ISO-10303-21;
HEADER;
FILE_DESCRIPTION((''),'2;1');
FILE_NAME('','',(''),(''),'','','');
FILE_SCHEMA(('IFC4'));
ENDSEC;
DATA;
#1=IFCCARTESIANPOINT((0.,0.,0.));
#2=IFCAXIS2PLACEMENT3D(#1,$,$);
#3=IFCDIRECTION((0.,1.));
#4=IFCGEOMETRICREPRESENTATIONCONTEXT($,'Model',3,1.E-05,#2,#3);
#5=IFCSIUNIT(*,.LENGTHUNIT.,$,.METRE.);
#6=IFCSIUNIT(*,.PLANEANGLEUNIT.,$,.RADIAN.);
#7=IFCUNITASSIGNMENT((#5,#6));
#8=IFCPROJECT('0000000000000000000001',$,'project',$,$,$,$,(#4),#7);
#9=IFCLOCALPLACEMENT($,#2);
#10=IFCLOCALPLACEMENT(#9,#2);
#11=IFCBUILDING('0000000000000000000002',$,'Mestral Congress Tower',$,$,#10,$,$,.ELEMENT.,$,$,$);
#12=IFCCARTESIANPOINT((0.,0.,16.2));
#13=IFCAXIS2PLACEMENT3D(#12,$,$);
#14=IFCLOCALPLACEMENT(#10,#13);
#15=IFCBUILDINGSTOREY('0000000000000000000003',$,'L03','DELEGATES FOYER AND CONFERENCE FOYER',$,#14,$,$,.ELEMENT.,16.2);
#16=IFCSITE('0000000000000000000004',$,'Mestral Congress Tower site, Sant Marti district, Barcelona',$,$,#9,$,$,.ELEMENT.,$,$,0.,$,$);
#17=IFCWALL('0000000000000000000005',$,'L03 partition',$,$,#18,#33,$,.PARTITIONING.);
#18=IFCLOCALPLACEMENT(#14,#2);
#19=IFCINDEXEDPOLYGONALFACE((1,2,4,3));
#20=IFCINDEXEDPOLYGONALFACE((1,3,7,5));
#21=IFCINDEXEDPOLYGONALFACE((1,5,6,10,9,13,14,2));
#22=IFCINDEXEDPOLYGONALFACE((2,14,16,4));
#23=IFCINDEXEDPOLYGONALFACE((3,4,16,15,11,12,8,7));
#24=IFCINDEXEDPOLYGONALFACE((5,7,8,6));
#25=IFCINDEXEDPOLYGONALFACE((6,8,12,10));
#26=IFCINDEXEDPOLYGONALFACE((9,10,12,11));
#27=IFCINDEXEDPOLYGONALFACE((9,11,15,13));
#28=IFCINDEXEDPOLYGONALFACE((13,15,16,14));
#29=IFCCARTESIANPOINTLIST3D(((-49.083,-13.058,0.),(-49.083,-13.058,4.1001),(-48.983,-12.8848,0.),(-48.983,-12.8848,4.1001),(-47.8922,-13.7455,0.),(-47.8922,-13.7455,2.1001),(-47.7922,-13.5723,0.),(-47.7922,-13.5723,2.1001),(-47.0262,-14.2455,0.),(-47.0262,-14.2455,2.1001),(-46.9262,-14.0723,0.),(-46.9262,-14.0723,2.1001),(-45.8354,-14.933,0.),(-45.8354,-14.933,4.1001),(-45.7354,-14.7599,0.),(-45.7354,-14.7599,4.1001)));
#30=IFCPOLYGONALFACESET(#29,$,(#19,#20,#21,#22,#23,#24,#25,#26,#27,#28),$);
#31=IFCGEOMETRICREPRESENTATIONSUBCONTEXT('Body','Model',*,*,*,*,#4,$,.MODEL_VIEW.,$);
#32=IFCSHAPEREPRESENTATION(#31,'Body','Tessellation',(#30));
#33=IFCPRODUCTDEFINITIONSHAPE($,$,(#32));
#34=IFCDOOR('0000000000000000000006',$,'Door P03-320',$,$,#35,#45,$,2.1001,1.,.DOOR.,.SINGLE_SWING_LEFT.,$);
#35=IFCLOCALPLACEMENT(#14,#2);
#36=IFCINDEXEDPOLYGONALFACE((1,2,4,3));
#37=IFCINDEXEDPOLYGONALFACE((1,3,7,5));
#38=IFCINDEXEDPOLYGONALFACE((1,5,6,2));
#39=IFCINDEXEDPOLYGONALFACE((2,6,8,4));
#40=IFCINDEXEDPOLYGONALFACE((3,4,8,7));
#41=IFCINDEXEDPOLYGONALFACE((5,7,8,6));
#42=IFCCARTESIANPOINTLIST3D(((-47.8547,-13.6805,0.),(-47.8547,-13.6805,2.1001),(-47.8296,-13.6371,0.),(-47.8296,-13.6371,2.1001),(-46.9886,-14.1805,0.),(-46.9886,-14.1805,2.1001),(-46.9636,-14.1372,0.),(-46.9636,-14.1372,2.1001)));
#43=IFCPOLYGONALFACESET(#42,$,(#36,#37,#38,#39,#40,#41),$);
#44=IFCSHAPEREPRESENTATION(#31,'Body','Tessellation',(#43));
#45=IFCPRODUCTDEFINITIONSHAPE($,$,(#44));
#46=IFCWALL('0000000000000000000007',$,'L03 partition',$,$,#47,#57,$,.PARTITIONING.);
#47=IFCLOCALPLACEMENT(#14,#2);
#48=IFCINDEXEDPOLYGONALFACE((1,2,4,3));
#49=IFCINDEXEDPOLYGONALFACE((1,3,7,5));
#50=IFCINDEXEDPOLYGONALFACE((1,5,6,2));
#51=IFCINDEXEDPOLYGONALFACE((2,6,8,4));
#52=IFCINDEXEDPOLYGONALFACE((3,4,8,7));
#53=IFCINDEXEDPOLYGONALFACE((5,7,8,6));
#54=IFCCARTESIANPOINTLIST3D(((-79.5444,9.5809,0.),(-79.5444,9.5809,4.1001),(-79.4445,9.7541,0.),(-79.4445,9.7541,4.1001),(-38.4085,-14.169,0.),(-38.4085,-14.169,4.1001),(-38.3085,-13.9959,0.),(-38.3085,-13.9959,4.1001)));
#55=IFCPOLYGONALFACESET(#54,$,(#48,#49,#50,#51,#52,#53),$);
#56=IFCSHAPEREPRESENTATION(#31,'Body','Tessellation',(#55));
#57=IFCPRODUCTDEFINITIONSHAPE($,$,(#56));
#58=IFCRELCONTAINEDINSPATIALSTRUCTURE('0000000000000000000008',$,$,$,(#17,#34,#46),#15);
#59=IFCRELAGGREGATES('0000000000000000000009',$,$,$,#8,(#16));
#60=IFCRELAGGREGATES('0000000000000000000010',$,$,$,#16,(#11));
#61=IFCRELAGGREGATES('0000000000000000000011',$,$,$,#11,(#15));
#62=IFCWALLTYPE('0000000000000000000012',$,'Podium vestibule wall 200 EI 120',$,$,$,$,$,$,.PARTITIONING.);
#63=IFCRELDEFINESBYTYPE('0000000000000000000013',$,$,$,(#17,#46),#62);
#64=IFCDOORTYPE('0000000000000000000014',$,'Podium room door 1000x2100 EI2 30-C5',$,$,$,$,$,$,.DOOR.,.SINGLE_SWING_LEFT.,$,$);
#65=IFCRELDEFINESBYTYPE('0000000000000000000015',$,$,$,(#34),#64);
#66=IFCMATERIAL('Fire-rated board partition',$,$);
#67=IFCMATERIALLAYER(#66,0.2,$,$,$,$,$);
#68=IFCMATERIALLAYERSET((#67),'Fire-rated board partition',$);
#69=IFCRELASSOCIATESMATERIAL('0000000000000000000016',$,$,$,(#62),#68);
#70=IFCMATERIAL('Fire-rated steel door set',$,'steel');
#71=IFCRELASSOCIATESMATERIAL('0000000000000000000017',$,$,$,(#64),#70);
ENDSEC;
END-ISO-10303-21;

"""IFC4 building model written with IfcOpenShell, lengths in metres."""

from ifc_helpers import new_model, si_unit, direction, frame, frame_2d, origin, place, context, subcontext, project, spatial, rectangle, extrude, material, layer, layer_set, type_object, element, fill, save


model = new_model("IFC4")

# Units and contexts
model_context = context("Model", 3, precision=1e-05, world=origin(), true_north=direction((0.0, 1.0)))
body_context = subcontext(model_context, "Body", "Model", "MODEL_VIEW")
ifc_project = project(units=[si_unit("LENGTHUNIT", "METRE"), si_unit("PLANEANGLEUNIT", "RADIAN")], contexts=[model_context])

# Site, building, storey
site_placement = place(None, origin())
site = spatial("IfcSite", under=ifc_project, at=site_placement, Name="Mestral Congress Tower site, Sant Marti district, Barcelona", CompositionType="ELEMENT", RefElevation=0.0)
building_placement = place(site_placement, origin())
building = spatial("IfcBuilding", under=site, at=building_placement, Name="Mestral Congress Tower", CompositionType="ELEMENT")
storey_placement = place(building_placement, frame((0.0, 0.0, 16.2)))
storey = spatial("IfcBuildingStorey", under=building, at=storey_placement, Name="L03", Description="DELEGATES FOYER AND CONFERENCE FOYER", CompositionType="ELEMENT", Elevation=16.2)

# Shared definitions
ifc_material_1 = material(Name="Fire-rated board partition")
ifc_layer_1 = layer(ifc_material_1, 0.2)
ifc_layer_set_1 = layer_set([ifc_layer_1], Name="Fire-rated board partition")
wall_type_1 = type_object("IfcWallType", Name="Podium vestibule wall 200 EI 120", PredefinedType="PARTITIONING", material=ifc_layer_set_1)

# Wall, opening, door
ifc_material_2 = material(Name="Fire-rated steel door set", Category="steel")
door_type = type_object("IfcDoorType", Name="Podium room door 1000x2100 EI2 30-C5", OperationType="SINGLE_SWING_LEFT", PredefinedType="DOOR", material=ifc_material_2)
wall_1_placement = place(storey_placement, frame((-45.7854, -14.8464, 0.0), z_axis=(0.0, 0.0, 1.0), x_axis=(-0.866023, 0.500004, 0.0)))
wall_1 = element("IfcWall", 1, at=wall_1_placement, inside=storey, type_object=wall_type_1, Name="L03 partition", PredefinedType="PARTITIONING", context=body_context, shape_type="SweptSolid", body=[
    extrude(rectangle(XDim=3.75, YDim=0.2, at=frame_2d((1.875, 0.0))), origin(), (0.0, 0.0, 1.0), 4.1001),
])
opening_1_placement = place(wall_1_placement, frame((1.375, 0.0, 0.0)))
opening_1 = element("IfcOpeningElement", 2, at=opening_1_placement, cuts=wall_1, PredefinedType="OPENING", context=body_context, shape_type="SweptSolid", body=[
    extrude(rectangle(XDim=1.0, YDim=2.1001, at=frame_2d((0.5, 1.05))), frame((0.0, 0.1099, 0.0), z_axis=(0.0, -1.0, 0.0), x_axis=(1.0, 0.0, 0.0)), (0.0, 0.0, 1.0), 0.22),
])
door_1_placement = place(opening_1_placement, origin())
door_1 = element("IfcDoor", 3, at=door_1_placement, inside=storey, type_object=door_type, Name="Door P03-320", OperationType="SINGLE_SWING_LEFT", OverallHeight=2.1001, OverallWidth=1.0, PredefinedType="DOOR", context=body_context, shape_type="SweptSolid", body=[
    extrude(rectangle(XDim=1.0, YDim=2.1001, at=frame_2d((0.5, 1.05))), frame((0.0, 0.0249, 0.0), z_axis=(0.0, -1.0, 0.0), x_axis=(1.0, 0.0, 0.0)), (0.0, 0.0, 1.0), 0.05),
])
fill(opening_1, door_1)

# Wall
wall_2_placement = place(storey_placement, frame((-38.3584, -14.0825, 0.0), z_axis=(0.0, 0.0, 1.0), x_axis=(-0.866024, 0.500002, 0.0)))
element("IfcWall", 4, at=wall_2_placement, inside=storey, type_object=wall_type_1, Name="L03 partition", PredefinedType="PARTITIONING", context=body_context, shape_type="SweptSolid", body=[
    extrude(rectangle(XDim=47.4998, YDim=0.2, at=frame_2d((23.75, 0.0))), origin(), (0.0, 0.0, 1.0), 4.1001),
])

save(model, "model.ifc")
